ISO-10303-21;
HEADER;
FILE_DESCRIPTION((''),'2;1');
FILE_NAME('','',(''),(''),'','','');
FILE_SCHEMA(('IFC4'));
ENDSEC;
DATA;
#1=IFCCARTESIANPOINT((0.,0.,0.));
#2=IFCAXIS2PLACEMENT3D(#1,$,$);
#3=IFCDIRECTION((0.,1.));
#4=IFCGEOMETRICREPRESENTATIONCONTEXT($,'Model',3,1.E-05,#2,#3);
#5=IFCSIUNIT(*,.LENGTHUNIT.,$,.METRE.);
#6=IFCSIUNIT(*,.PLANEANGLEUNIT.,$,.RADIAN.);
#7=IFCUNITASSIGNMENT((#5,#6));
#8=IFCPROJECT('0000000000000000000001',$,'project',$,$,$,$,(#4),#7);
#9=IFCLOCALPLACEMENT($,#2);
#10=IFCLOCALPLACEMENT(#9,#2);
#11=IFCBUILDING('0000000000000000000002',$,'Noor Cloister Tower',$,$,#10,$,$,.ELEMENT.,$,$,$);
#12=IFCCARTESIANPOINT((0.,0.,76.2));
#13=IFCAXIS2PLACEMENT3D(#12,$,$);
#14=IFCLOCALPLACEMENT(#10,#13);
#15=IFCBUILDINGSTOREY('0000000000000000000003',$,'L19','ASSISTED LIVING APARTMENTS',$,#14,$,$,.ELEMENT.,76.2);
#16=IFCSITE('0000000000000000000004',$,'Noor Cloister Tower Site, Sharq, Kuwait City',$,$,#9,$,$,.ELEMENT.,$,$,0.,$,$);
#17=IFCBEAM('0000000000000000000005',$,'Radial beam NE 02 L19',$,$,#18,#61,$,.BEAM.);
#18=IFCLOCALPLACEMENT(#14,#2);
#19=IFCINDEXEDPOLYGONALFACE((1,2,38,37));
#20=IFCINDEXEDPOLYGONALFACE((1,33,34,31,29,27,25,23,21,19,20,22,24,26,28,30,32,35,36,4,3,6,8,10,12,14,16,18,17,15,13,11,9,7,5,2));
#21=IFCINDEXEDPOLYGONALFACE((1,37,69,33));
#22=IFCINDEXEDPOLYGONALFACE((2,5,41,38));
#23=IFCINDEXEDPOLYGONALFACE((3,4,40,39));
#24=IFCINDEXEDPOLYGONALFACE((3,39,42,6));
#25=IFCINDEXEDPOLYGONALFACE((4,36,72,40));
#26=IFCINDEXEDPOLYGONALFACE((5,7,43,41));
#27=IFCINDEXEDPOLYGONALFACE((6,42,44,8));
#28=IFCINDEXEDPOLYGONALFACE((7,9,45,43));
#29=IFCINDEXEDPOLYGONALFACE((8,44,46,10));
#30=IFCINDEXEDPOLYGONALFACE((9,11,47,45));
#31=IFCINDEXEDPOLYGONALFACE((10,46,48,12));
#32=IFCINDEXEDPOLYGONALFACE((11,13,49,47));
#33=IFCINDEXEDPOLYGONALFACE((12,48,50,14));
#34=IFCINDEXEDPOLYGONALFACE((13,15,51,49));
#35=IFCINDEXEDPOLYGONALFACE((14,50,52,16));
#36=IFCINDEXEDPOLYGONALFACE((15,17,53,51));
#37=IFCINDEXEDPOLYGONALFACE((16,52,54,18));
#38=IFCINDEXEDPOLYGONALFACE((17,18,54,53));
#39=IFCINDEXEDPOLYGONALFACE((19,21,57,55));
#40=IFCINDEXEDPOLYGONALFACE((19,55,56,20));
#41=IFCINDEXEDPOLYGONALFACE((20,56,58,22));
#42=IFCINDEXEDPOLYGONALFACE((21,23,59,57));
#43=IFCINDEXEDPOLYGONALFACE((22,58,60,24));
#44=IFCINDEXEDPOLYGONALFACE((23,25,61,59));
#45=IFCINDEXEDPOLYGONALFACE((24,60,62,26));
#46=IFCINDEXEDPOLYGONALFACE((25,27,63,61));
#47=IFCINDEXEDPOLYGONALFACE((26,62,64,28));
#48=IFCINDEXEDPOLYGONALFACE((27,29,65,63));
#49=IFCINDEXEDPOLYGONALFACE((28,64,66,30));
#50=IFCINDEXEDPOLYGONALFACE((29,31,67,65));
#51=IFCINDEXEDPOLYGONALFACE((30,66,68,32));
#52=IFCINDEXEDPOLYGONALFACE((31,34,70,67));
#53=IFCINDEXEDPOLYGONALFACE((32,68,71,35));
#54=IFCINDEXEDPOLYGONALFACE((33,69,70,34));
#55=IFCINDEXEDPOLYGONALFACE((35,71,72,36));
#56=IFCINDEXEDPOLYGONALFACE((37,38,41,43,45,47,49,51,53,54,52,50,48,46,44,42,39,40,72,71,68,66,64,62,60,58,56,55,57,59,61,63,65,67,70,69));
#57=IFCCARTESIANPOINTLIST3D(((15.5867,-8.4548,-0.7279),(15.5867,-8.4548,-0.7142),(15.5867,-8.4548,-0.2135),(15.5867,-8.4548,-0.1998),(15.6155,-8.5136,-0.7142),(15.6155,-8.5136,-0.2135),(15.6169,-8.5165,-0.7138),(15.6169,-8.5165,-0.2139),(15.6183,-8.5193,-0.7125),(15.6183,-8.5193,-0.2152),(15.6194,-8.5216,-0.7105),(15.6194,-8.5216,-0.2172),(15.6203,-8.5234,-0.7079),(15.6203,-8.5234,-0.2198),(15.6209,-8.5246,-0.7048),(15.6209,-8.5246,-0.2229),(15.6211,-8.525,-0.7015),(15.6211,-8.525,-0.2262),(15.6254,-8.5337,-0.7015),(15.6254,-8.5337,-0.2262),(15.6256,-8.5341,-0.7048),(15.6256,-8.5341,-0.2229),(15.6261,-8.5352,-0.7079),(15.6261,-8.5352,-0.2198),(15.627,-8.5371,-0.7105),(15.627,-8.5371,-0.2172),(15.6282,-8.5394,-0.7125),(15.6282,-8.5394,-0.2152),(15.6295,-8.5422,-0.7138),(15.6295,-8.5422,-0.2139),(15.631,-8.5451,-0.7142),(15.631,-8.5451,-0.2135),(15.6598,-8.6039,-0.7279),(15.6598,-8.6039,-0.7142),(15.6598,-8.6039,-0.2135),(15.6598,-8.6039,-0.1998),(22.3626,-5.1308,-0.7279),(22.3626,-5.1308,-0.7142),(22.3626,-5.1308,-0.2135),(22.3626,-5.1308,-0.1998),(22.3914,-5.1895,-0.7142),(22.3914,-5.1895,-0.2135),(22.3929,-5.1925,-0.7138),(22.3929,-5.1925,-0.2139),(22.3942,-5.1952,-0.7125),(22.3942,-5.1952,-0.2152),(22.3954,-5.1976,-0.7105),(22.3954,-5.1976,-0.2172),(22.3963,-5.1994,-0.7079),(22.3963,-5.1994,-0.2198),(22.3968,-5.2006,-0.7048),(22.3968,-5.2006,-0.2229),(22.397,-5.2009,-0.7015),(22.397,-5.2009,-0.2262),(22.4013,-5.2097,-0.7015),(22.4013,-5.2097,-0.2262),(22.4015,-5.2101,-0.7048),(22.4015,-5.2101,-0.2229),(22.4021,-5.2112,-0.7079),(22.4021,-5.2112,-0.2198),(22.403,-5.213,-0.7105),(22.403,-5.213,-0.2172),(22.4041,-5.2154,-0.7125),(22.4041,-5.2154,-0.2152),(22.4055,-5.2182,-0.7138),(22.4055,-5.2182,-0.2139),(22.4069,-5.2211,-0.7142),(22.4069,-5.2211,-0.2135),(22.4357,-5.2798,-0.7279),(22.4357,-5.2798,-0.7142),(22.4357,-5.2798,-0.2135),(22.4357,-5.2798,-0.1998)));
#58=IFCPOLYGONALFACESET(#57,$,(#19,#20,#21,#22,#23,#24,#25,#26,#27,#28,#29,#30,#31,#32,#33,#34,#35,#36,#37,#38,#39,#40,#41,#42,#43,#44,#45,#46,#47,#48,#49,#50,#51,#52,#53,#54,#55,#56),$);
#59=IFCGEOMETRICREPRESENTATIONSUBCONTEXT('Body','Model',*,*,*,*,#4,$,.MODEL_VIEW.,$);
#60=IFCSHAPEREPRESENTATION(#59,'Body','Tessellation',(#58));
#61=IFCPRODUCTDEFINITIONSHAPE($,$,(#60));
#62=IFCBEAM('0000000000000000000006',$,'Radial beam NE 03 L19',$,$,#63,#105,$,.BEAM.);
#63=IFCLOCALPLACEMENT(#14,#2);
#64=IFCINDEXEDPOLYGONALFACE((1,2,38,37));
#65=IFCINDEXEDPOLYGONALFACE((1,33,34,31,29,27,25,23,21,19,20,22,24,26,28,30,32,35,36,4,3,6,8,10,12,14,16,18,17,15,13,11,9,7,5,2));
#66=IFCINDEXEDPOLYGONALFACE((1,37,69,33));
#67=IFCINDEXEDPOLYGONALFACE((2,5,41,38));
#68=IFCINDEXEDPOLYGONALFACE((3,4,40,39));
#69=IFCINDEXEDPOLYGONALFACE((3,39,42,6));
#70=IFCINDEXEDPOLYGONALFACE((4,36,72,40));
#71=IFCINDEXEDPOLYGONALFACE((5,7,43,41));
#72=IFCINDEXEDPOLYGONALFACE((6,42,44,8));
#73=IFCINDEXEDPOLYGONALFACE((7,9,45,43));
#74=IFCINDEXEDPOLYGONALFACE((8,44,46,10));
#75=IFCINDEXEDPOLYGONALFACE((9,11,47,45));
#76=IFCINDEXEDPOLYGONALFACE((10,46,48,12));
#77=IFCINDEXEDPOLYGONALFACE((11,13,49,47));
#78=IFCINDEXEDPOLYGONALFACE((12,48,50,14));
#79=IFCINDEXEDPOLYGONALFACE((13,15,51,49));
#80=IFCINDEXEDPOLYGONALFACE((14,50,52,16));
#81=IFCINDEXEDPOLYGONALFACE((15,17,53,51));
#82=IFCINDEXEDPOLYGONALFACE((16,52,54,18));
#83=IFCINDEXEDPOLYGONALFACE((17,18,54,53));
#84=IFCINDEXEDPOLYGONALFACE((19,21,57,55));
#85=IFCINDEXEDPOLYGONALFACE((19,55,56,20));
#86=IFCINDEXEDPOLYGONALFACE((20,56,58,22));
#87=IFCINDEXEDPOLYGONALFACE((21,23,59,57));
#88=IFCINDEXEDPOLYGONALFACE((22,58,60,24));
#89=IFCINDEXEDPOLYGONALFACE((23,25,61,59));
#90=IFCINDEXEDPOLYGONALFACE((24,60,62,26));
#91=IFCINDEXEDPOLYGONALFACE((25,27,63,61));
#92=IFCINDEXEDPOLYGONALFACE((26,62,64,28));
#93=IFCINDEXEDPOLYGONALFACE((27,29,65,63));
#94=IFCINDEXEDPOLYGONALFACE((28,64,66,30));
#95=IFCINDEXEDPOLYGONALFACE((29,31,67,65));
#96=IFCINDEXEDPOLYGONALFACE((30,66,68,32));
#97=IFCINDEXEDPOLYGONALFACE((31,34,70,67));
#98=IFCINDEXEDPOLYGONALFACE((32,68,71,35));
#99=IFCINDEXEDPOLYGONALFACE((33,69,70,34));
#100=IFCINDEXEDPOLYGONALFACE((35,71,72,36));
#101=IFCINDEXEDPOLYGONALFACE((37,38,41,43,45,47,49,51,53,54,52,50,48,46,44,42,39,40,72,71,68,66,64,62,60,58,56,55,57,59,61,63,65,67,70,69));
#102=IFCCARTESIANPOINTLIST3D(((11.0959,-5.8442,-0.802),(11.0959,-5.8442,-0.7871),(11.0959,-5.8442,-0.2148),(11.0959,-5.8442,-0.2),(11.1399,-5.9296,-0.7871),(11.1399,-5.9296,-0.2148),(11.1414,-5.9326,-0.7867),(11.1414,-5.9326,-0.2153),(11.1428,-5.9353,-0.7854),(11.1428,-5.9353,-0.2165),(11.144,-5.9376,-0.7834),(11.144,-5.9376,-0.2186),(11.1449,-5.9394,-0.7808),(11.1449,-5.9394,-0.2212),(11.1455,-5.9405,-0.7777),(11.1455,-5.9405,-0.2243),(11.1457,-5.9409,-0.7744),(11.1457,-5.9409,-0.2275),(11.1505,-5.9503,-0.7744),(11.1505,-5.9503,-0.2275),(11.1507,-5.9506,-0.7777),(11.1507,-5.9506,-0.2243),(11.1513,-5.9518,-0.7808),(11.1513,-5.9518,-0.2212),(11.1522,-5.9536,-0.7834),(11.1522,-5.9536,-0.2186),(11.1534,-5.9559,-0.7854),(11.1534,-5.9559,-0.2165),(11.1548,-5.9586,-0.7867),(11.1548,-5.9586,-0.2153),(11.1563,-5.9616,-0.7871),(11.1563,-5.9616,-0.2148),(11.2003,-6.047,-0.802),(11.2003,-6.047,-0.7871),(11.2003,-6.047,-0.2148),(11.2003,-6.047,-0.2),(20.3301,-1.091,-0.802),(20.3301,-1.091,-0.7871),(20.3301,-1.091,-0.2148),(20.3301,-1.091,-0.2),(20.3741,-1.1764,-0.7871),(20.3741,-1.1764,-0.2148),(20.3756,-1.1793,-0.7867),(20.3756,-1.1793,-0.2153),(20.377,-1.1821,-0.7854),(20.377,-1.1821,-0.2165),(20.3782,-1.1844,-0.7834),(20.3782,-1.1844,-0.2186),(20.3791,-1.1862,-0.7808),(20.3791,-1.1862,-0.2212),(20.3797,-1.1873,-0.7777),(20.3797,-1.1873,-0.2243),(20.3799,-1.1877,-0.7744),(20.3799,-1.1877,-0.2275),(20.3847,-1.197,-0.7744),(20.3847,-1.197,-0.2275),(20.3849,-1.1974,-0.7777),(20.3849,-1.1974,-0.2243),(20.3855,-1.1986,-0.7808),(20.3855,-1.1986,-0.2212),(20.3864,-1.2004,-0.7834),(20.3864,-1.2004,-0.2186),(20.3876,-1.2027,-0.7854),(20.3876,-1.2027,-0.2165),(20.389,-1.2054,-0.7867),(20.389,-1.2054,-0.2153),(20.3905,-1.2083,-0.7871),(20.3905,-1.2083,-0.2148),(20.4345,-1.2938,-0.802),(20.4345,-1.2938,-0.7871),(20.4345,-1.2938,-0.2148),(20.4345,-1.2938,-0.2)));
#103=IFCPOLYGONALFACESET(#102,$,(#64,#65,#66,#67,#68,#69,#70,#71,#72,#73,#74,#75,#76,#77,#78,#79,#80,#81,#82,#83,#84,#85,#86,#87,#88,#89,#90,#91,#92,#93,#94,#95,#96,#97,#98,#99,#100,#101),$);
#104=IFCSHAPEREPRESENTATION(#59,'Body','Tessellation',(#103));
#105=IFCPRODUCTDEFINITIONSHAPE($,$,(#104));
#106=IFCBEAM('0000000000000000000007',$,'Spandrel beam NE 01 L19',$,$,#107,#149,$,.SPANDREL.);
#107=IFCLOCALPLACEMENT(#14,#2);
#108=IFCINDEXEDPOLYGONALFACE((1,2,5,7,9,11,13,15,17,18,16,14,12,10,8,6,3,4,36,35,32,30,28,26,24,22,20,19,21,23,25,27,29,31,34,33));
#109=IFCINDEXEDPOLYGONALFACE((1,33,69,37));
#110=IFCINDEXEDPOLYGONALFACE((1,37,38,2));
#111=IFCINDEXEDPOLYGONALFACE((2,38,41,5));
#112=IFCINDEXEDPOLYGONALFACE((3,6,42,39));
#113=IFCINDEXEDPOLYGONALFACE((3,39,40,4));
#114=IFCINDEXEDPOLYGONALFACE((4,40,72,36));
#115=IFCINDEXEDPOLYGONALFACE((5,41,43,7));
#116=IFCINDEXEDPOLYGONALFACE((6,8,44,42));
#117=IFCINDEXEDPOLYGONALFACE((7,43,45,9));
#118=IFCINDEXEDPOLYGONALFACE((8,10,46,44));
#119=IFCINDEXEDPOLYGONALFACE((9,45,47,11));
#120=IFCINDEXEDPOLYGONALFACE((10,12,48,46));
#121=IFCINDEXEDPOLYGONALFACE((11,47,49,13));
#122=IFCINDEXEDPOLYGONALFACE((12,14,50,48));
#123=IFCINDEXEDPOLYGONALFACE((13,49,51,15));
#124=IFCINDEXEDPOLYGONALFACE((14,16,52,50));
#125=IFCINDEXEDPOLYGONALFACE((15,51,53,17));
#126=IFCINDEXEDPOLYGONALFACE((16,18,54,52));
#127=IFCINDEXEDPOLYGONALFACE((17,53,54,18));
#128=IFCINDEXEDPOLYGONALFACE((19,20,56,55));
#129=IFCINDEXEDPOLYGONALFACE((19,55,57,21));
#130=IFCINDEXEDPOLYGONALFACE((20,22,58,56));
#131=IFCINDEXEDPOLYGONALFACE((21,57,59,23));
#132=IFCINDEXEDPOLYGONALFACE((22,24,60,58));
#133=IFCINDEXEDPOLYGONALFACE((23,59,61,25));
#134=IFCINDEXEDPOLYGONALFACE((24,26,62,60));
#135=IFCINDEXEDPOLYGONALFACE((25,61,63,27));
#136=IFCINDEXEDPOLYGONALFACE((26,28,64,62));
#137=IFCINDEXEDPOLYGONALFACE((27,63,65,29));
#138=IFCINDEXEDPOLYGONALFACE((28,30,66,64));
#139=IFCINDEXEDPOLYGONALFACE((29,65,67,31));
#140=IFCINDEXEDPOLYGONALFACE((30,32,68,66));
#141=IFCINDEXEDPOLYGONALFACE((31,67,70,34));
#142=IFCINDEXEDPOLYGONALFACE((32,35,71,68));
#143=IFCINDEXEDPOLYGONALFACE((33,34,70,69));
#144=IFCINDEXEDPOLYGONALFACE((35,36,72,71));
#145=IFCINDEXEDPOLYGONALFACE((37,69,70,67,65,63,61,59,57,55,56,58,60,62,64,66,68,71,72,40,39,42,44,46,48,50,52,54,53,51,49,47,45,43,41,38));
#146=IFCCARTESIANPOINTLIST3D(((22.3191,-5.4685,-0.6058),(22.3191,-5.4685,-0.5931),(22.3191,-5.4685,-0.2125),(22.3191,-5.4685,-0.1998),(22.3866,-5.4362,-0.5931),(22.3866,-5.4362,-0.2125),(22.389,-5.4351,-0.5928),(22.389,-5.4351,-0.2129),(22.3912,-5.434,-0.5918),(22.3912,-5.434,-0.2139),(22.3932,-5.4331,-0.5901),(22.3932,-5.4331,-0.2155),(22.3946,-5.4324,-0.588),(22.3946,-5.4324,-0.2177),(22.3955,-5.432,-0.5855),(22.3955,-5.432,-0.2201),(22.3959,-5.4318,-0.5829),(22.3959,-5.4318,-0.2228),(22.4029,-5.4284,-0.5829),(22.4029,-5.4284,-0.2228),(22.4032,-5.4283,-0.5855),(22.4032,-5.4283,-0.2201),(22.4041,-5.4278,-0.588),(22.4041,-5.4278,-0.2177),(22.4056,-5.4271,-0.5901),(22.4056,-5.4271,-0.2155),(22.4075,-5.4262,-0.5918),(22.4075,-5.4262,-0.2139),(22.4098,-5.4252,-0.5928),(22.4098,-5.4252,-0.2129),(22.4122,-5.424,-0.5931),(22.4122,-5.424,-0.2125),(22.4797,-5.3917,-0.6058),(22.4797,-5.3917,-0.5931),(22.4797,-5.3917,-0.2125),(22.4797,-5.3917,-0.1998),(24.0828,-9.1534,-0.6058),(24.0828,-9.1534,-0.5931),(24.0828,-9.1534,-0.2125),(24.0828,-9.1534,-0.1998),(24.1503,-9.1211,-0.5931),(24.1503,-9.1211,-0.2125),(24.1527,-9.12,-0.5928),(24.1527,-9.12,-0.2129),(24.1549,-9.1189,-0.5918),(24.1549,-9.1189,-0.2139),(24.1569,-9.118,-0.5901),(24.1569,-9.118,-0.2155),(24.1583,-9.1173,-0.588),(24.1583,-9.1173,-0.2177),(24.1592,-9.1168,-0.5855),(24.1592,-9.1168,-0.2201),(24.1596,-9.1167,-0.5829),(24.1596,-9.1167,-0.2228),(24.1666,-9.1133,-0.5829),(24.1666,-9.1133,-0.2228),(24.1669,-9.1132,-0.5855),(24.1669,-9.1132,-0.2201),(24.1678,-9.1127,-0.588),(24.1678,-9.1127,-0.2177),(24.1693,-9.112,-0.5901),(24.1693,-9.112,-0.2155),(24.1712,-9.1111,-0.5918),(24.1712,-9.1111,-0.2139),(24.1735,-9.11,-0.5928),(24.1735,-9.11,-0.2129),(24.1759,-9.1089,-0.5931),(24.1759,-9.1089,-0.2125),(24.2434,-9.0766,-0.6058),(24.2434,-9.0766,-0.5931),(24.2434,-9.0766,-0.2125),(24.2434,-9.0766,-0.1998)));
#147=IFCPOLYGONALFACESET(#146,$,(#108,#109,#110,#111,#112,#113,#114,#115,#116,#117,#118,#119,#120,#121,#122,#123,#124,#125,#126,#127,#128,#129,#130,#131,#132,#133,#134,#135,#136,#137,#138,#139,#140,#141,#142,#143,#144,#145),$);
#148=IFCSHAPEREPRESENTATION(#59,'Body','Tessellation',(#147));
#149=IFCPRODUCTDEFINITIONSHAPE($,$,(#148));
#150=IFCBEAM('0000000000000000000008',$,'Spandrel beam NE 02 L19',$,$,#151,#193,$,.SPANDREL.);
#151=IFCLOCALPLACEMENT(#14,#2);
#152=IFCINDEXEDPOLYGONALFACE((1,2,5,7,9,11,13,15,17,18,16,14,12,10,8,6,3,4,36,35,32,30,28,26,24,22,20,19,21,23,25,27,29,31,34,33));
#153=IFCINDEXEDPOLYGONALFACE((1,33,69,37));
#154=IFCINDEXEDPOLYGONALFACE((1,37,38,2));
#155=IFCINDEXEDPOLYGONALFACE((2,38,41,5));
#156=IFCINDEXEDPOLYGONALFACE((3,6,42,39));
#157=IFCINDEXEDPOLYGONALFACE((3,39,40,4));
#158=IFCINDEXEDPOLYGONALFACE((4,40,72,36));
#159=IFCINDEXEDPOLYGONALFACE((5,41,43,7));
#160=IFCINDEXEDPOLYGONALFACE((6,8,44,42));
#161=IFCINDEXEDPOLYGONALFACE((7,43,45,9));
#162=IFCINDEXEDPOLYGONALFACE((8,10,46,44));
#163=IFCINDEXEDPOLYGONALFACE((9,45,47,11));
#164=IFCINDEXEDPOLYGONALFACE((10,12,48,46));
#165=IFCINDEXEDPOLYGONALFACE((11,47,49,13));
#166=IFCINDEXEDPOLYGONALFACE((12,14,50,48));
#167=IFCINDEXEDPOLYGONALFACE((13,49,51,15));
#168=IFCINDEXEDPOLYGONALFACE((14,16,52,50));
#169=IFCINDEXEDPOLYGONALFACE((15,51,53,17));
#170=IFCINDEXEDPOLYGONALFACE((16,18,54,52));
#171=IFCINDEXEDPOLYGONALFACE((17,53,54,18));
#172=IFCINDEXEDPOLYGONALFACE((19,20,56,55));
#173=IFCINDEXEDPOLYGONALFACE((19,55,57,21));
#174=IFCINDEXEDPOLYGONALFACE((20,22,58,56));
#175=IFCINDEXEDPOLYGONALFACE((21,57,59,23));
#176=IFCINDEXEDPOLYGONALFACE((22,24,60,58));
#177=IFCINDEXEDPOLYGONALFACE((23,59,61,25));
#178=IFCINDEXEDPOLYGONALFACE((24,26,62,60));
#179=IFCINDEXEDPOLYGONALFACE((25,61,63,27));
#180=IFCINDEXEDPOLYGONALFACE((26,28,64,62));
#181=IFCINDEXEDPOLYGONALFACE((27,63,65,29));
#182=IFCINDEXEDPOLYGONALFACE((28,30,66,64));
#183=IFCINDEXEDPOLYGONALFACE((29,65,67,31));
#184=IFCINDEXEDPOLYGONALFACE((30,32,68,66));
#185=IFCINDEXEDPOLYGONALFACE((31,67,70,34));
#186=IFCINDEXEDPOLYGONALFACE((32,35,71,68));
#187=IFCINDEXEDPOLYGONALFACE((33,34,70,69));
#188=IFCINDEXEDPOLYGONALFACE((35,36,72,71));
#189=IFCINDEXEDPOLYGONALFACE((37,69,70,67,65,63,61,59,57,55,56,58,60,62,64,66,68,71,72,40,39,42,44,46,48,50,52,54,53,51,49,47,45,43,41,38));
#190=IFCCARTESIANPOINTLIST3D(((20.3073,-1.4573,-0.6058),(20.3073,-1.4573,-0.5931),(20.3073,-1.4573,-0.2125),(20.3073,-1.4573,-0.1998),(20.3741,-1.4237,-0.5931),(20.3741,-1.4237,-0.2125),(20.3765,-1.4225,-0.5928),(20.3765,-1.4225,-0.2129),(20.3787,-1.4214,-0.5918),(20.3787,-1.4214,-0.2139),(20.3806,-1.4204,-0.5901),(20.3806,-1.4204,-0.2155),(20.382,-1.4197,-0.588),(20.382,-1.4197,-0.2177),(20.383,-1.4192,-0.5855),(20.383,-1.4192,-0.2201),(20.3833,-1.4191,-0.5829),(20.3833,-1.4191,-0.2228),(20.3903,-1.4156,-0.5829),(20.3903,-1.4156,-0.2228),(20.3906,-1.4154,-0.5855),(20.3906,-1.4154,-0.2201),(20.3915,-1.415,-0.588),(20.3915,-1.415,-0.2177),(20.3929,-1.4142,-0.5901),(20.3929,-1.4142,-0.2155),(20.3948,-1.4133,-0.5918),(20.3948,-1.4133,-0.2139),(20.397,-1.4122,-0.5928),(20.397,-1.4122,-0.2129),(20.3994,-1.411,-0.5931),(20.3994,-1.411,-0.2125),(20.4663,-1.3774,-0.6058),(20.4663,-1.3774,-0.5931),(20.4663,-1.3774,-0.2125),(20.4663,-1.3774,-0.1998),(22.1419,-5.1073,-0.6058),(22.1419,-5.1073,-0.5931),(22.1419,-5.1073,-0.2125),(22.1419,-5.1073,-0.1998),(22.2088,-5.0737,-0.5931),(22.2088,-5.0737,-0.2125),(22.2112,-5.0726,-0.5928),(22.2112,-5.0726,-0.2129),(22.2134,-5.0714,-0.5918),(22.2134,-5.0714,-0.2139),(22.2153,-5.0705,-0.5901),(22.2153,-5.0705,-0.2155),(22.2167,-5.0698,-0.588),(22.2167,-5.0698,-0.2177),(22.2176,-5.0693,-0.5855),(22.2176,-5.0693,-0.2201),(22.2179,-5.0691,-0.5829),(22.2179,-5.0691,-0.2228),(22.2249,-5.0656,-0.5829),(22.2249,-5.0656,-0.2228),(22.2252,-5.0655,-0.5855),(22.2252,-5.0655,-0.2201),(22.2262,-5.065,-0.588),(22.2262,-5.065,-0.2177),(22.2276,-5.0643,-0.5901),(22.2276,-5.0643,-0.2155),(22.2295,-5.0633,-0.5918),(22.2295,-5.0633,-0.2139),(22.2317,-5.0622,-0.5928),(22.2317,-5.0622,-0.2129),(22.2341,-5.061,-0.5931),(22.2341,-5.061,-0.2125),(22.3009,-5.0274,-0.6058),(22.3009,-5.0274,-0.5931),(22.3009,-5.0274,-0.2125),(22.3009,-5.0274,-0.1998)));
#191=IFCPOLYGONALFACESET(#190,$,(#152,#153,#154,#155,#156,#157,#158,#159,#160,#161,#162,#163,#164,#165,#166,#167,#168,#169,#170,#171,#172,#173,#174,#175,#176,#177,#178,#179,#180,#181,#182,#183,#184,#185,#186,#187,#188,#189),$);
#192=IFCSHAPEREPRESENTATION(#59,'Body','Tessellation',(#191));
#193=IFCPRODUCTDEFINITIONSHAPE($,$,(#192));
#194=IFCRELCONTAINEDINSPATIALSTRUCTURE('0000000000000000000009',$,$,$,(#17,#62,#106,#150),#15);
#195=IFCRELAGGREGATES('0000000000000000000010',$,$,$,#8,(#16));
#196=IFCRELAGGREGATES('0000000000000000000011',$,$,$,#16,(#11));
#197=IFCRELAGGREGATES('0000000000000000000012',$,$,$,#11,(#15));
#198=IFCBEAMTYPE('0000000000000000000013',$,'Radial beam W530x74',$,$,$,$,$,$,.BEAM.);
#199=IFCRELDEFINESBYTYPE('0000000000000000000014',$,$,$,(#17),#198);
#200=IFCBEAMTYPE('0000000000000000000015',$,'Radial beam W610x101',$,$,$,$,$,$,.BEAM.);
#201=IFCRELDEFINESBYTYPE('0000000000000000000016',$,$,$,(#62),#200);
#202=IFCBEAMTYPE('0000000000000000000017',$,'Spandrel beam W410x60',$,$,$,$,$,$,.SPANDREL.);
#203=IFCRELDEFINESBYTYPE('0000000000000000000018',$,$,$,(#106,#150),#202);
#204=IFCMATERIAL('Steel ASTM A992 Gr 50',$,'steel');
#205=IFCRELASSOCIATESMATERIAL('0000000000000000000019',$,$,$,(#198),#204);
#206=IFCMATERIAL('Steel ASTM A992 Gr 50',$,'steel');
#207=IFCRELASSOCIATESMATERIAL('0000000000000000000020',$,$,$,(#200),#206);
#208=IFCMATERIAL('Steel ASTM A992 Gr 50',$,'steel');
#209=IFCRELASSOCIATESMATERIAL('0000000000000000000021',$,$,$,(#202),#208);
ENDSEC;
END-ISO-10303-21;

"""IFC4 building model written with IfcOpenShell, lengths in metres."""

from ifc_helpers import new_model, si_unit, direction, frame, origin, origin_2d, place, context, subcontext, project, spatial, i_section, extrude, material, material_profile, profile_set, type_object, element, save


model = new_model("IFC4")

# Units and contexts
model_context = context("Model", 3, precision=1e-05, world=origin(), true_north=direction((0.0, 1.0)))
body_context = subcontext(model_context, "Body", "Model", "MODEL_VIEW")
ifc_project = project(units=[si_unit("LENGTHUNIT", "METRE"), si_unit("PLANEANGLEUNIT", "RADIAN")], contexts=[model_context])

# Site, building, storey
site_placement = place(None, origin())
site = spatial("IfcSite", under=ifc_project, at=site_placement, Name="Noor Cloister Tower Site, Sharq, Kuwait City", CompositionType="ELEMENT", RefElevation=0.0)
building_placement = place(site_placement, origin())
building = spatial("IfcBuilding", under=site, at=building_placement, Name="Noor Cloister Tower", CompositionType="ELEMENT")
storey_placement = place(building_placement, frame((0.0, 0.0, 76.2)))
storey = spatial("IfcBuildingStorey", under=building, at=storey_placement, Name="L19", Description="ASSISTED LIVING APARTMENTS", CompositionType="ELEMENT", Elevation=76.2)

# Beams
ifc_material_1 = material(Name="Steel ASTM A992 Gr 50", Category="steel")
ifc_material_profile_1 = material_profile(ifc_material_1, i_section(OverallWidth=0.166, OverallDepth=0.5281, WebThickness=0.0098, FlangeThickness=0.0137, FilletRadius=0.0127, at=origin_2d()), Name="W530x74")
ifc_profile_set_1 = profile_set([ifc_material_profile_1], Name="Steel ASTM A992 Gr 50")
beam_type_1 = type_object("IfcBeamType", Name="Radial beam W530x74", PredefinedType="BEAM", material=ifc_profile_set_1)
beam_1_placement = place(storey_placement, frame((22.3992, -5.2053, -0.4639), z_axis=(-0.897792, -0.440421, 0.0), x_axis=(0.440421, -0.897792, 0.0)))
element("IfcBeam", 1, at=beam_1_placement, inside=storey, type_object=beam_type_1, Name="Radial beam NE 02 L19", PredefinedType="BEAM", context=body_context, shape_type="SweptSolid", body=[
    extrude(i_section(OverallWidth=0.166, OverallDepth=0.5281, WebThickness=0.0098, FlangeThickness=0.0137, FilletRadius=0.0127, at=origin_2d()), origin(), (0.0, 0.0, 1.0), 7.5474),
])
ifc_material_2 = material(Name="Steel ASTM A992 Gr 50", Category="steel")
ifc_material_profile_2 = material_profile(ifc_material_2, i_section(OverallWidth=0.228, OverallDepth=0.6021, WebThickness=0.0105, FlangeThickness=0.0149, FilletRadius=0.0127, at=origin_2d()), Name="W610x101")
ifc_profile_set_2 = profile_set([ifc_material_profile_2], Name="Steel ASTM A992 Gr 50")
beam_type_2 = type_object("IfcBeamType", Name="Radial beam W610x101", PredefinedType="BEAM", material=ifc_profile_set_2)
beam_2_placement = place(storey_placement, frame((20.3823, -1.1924, -0.501), z_axis=(-0.889124, -0.457667, 0.0), x_axis=(0.457667, -0.889124, 0.0)))
element("IfcBeam", 2, at=beam_2_placement, inside=storey, type_object=beam_type_2, Name="Radial beam NE 03 L19", PredefinedType="BEAM", context=body_context, shape_type="SweptSolid", body=[
    extrude(i_section(OverallWidth=0.228, OverallDepth=0.6021, WebThickness=0.0105, FlangeThickness=0.0149, FilletRadius=0.0127, at=origin_2d()), origin(), (0.0, 0.0, 1.0), 10.3857),
])
ifc_material_3 = material(Name="Steel ASTM A992 Gr 50", Category="steel")
ifc_material_profile_3 = material_profile(ifc_material_3, i_section(OverallWidth=0.178, OverallDepth=0.406, WebThickness=0.0078, FlangeThickness=0.0127, FilletRadius=0.0103, at=origin_2d()), Name="W410x60")
ifc_profile_set_3 = profile_set([ifc_material_profile_3], Name="Steel ASTM A992 Gr 50")
beam_type_3 = type_object("IfcBeamType", Name="Spandrel beam W410x60", PredefinedType="SPANDREL", material=ifc_profile_set_3)
for number, where, z_axis, x_axis, name in (
    (3, (24.1631, -9.115, -0.4028), (-0.431728, 0.902004, 0.0), (-0.902004, -0.431728, 0.0), "Spandrel beam NE 01 L19"),
    (4, (22.2214, -5.0674, -0.4028), (-0.449101, 0.893481, 0.0), (-0.893481, -0.449101, 0.0), "Spandrel beam NE 02 L19"),
):
    element("IfcBeam", number, at=place(storey_placement, frame(where, z_axis=z_axis, x_axis=x_axis)), inside=storey, type_object=beam_type_3, Name=name, PredefinedType="SPANDREL", context=body_context, shape_type="SweptSolid", body=[
        extrude(i_section(OverallWidth=0.178, OverallDepth=0.406, WebThickness=0.0078, FlangeThickness=0.0127, FilletRadius=0.0103, at=origin_2d()), origin(), (0.0, 0.0, 1.0), 4.0852),
    ])

save(model, "model.ifc")
